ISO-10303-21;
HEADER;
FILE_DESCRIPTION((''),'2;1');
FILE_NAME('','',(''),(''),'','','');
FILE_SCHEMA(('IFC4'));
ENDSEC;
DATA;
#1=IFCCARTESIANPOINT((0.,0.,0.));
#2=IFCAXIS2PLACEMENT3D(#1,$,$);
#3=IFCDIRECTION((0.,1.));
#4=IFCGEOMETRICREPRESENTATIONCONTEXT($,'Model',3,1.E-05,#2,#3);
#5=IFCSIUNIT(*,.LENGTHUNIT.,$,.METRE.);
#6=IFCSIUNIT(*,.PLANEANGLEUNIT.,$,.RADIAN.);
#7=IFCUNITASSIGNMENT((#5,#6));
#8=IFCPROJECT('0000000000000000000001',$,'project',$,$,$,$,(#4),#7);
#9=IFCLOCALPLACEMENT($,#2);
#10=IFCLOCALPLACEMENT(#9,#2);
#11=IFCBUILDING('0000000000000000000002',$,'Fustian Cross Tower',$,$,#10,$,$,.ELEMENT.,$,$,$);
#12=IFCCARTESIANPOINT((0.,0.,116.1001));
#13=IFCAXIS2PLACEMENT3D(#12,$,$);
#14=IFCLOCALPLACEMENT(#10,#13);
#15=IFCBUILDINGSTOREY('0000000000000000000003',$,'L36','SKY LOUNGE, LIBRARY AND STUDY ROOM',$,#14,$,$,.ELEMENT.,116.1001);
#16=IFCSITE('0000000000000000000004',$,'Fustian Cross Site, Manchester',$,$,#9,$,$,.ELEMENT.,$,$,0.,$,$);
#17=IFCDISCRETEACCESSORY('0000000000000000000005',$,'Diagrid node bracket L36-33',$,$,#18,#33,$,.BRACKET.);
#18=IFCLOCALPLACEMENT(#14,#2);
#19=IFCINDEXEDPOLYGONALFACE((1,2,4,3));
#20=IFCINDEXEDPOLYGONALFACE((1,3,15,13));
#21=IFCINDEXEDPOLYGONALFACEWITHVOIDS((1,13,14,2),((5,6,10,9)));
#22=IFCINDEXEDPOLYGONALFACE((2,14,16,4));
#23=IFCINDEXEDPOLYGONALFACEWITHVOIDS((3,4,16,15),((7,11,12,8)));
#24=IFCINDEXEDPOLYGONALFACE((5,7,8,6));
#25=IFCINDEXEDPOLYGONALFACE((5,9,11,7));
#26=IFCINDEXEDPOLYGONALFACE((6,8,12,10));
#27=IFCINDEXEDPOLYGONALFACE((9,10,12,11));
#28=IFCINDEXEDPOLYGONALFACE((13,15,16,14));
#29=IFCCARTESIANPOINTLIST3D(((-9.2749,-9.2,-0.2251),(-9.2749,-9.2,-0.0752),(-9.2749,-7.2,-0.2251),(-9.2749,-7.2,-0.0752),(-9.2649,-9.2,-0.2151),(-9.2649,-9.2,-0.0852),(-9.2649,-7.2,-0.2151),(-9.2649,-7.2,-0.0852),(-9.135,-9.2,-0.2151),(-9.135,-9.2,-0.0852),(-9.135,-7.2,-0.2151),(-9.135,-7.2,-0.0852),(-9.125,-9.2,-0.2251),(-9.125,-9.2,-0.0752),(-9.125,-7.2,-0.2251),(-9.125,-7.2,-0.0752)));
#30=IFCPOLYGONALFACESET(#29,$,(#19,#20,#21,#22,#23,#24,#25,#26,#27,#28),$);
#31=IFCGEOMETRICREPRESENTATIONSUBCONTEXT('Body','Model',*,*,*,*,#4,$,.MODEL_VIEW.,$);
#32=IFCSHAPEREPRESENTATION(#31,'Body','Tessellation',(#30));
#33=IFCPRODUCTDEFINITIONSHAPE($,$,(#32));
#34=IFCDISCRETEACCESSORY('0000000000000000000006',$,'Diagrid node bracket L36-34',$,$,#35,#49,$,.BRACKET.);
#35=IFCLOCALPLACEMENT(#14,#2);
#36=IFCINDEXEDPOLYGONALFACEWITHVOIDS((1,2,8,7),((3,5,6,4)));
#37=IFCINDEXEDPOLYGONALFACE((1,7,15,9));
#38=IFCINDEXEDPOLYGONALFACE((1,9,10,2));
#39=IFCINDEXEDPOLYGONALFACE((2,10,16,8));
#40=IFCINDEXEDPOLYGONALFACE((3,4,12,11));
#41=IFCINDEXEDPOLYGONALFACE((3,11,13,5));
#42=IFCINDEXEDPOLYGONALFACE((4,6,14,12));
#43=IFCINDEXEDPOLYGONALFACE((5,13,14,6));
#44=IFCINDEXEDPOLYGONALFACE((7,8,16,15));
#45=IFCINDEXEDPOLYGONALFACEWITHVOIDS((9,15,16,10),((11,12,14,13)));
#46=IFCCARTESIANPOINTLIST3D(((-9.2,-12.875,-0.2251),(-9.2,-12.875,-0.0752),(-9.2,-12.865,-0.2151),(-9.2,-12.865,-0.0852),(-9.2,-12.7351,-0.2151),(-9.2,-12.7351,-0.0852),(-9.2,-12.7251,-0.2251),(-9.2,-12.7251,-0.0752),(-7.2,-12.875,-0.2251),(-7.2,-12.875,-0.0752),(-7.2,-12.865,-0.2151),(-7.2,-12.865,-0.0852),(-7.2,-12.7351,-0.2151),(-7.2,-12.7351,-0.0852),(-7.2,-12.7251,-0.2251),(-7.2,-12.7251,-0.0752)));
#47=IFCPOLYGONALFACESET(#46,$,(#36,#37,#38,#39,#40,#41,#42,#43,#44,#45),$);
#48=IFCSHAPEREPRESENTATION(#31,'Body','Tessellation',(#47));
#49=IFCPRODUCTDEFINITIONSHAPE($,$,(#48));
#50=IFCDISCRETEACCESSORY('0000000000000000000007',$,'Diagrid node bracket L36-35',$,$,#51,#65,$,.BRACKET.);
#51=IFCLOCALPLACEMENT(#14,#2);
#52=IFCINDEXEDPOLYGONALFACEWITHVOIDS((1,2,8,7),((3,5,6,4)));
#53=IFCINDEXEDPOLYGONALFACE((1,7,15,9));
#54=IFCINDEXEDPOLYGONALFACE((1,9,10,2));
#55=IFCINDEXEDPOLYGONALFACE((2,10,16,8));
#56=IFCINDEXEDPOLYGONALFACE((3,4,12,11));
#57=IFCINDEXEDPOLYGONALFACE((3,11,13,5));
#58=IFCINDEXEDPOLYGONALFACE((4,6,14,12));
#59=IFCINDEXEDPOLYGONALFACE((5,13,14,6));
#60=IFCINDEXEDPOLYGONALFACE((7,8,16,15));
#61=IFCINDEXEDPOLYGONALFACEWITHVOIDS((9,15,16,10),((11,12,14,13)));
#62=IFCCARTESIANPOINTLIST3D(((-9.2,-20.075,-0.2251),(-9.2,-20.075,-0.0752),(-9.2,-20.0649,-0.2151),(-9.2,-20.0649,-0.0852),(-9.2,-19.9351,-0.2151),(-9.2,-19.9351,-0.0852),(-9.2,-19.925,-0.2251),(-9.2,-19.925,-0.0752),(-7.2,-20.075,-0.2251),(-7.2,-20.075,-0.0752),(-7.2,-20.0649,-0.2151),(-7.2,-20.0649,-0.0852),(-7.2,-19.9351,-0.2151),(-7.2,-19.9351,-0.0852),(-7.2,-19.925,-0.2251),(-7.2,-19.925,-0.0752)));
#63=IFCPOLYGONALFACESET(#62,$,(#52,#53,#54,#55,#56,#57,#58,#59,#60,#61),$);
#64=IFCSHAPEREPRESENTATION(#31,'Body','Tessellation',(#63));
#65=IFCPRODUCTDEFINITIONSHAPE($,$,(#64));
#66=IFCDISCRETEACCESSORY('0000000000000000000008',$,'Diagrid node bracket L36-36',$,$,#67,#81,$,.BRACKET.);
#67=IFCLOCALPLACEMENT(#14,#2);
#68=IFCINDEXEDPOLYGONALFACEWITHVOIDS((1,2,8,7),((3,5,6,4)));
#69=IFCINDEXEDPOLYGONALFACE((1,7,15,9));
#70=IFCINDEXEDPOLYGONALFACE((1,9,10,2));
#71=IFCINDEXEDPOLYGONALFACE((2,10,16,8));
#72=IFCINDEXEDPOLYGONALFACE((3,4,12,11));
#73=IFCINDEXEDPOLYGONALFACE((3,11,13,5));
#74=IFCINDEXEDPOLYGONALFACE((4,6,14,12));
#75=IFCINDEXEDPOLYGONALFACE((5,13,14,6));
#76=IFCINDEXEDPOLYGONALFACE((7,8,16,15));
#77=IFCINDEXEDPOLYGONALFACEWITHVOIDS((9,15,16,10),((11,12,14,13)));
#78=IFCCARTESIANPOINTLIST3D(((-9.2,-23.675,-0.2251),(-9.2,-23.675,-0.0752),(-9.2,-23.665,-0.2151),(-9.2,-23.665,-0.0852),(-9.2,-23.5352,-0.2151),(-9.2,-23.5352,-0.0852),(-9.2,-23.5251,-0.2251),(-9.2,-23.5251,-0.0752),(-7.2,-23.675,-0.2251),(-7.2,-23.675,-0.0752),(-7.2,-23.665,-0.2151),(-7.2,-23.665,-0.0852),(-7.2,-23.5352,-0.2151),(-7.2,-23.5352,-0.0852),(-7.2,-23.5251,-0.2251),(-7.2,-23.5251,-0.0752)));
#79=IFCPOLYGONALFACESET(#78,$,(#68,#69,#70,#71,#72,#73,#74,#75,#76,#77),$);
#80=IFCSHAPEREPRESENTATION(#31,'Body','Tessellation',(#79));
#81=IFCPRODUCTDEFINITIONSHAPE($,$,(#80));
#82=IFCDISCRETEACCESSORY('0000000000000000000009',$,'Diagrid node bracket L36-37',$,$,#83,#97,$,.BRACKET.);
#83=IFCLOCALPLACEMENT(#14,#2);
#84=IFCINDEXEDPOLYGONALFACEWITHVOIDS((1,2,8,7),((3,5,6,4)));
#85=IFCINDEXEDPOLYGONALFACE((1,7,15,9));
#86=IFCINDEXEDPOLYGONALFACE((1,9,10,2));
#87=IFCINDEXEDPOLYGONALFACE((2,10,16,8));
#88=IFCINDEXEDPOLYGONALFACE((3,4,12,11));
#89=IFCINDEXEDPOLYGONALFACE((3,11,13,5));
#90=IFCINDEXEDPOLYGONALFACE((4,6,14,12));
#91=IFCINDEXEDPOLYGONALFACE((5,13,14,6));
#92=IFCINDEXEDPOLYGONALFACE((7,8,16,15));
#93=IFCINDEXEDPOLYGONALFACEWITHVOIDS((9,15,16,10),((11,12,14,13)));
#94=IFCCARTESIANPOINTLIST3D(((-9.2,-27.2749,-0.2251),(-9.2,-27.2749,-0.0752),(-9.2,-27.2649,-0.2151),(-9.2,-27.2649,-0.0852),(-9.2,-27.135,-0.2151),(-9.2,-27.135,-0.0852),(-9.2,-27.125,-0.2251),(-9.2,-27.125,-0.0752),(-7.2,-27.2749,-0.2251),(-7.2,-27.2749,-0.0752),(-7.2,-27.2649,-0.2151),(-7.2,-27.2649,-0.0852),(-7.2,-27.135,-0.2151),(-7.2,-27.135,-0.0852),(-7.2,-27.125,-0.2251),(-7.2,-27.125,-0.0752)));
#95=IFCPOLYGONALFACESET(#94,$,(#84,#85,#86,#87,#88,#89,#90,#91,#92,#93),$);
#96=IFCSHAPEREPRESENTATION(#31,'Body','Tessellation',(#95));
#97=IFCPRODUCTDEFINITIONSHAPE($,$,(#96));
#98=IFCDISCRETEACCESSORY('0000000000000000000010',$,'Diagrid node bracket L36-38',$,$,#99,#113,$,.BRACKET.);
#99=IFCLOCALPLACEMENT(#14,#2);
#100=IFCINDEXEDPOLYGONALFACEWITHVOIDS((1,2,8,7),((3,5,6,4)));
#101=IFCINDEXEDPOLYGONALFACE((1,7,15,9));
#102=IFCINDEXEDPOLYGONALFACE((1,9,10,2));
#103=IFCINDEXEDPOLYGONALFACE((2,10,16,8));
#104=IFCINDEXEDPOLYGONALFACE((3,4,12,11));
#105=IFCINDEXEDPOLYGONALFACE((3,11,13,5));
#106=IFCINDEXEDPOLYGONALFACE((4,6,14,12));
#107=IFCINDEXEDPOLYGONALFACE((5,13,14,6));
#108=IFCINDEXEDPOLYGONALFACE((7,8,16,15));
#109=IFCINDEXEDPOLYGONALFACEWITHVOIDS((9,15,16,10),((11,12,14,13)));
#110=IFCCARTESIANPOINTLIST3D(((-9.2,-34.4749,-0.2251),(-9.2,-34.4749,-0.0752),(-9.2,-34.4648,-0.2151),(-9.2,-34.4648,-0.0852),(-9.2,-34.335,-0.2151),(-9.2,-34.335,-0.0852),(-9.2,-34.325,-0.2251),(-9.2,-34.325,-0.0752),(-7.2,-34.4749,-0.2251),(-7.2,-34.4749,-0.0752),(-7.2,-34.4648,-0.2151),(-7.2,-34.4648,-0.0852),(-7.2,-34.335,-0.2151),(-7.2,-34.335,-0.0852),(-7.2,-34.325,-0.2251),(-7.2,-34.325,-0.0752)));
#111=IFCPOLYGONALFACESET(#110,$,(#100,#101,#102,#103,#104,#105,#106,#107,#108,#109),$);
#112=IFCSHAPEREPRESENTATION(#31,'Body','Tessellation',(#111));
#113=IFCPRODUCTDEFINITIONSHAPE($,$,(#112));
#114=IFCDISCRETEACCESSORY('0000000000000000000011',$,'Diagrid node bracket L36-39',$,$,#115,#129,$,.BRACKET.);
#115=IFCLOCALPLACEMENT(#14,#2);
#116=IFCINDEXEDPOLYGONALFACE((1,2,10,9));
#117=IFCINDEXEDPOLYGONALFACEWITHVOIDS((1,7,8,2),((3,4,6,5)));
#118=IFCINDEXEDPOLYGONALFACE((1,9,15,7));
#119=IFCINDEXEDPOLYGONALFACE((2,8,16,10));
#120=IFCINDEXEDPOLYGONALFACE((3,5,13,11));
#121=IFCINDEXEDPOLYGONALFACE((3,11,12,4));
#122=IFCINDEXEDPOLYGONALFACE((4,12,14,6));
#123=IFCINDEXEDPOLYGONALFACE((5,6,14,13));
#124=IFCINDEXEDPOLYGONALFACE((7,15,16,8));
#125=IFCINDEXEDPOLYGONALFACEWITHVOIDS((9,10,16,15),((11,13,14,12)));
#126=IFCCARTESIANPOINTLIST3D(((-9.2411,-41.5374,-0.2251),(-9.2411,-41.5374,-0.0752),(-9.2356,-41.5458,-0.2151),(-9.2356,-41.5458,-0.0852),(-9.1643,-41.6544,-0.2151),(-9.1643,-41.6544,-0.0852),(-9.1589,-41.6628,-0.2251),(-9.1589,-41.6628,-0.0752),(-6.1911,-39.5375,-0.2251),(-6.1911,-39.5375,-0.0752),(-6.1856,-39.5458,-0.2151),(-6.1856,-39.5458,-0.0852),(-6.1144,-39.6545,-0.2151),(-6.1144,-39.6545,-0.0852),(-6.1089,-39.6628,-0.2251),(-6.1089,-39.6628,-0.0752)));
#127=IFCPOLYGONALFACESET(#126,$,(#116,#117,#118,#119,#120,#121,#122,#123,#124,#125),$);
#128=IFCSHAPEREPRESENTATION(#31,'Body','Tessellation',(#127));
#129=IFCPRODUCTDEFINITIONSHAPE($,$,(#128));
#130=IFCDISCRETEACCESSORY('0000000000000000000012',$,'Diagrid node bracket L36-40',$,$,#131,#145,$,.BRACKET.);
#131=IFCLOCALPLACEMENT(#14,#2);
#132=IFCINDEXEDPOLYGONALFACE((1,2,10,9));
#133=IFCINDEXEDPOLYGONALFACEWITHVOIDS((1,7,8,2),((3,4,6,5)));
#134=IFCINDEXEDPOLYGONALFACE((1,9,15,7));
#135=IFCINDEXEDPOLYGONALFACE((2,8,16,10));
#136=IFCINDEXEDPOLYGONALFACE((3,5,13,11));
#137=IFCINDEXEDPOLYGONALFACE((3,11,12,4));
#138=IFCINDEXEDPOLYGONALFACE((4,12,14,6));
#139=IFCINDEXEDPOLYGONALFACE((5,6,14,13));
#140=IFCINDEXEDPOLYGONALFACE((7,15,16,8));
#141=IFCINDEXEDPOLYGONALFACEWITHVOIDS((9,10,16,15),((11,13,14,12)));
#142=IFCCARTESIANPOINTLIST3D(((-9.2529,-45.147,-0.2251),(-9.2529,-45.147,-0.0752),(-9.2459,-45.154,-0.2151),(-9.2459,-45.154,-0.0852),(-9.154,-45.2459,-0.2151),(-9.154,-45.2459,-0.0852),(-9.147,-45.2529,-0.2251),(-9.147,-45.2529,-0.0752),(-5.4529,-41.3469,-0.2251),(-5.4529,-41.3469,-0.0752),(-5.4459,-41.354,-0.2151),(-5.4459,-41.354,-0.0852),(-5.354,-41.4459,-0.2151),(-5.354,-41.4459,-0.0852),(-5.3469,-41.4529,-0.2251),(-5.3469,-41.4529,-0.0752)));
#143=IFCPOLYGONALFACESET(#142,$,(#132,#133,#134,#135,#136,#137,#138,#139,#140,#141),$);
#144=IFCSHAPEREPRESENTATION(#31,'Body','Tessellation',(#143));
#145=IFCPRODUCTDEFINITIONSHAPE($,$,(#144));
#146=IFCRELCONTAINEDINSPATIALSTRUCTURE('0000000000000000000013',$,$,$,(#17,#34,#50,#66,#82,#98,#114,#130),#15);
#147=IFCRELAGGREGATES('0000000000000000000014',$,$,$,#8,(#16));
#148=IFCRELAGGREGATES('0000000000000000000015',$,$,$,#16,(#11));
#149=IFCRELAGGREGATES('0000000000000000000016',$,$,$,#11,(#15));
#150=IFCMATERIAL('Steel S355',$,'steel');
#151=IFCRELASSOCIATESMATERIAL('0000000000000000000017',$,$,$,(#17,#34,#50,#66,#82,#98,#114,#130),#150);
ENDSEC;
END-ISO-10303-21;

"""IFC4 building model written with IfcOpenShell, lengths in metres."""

from ifc_helpers import new_model, si_unit, direction, frame, origin, origin_2d, place, context, subcontext, project, spatial, hollow_rectangle, extrude, material, element, save


model = new_model("IFC4")

# Units and contexts
model_context = context("Model", 3, precision=1e-05, world=origin(), true_north=direction((0.0, 1.0)))
body_context = subcontext(model_context, "Body", "Model", "MODEL_VIEW")
ifc_project = project(units=[si_unit("LENGTHUNIT", "METRE"), si_unit("PLANEANGLEUNIT", "RADIAN")], contexts=[model_context])

# Site, building, storey
site_placement = place(None, origin())
site = spatial("IfcSite", under=ifc_project, at=site_placement, Name="Fustian Cross Site, Manchester", CompositionType="ELEMENT", RefElevation=0.0)
building_placement = place(site_placement, origin())
building = spatial("IfcBuilding", under=site, at=building_placement, Name="Fustian Cross Tower", CompositionType="ELEMENT")
storey_placement = place(building_placement, frame((0.0, 0.0, 116.1001)))
storey = spatial("IfcBuildingStorey", under=building, at=storey_placement, Name="L36", Description="SKY LOUNGE, LIBRARY AND STUDY ROOM", CompositionType="ELEMENT", Elevation=116.1001)

# Discrete accessories
ifc_material_1 = material(Name="Steel S355", Category="steel")
for number, where, z_axis, x_axis, name in (
    (1, (-9.2, -9.2, -0.1501), (0.0, 1.0, 0.0), (-1.0, 0.0, 0.0), "Diagrid node bracket L36-33"),
    (2, (-9.2, -12.8, -0.1501), (1.0, 0.0, 0.0), (0.0, 1.0, 0.0), "Diagrid node bracket L36-34"),
    (3, (-9.2, -20.0, -0.1501), (1.0, 0.0, 0.0), (0.0, 1.0, 0.0), "Diagrid node bracket L36-35"),
    (4, (-9.2, -23.6001, -0.1501), (1.0, 0.0, 0.0), (0.0, 1.0, 0.0), "Diagrid node bracket L36-36"),
    (5, (-9.2, -27.2, -0.1501), (1.0, 0.0, 0.0), (0.0, 1.0, 0.0), "Diagrid node bracket L36-37"),
    (6, (-9.2, -34.3999, -0.1501), (1.0, 0.0, 0.0), (0.0, 1.0, 0.0), "Diagrid node bracket L36-38"),
):
    element("IfcDiscreteAccessory", number, at=place(storey_placement, frame(where, z_axis=z_axis, x_axis=x_axis)), inside=storey, material=ifc_material_1, Name=name, PredefinedType="BRACKET", context=body_context, shape_type="SweptSolid", body=[
        extrude(hollow_rectangle(XDim=0.1499, YDim=0.1499, WallThickness=0.01, at=origin_2d()), origin(), (0.0, 0.0, 1.0), 2.0),
    ])
discrete_accessory_1_placement = place(storey_placement, frame((-9.2, -41.6001, -0.1501), z_axis=(0.836248, 0.548351, 0.0), x_axis=(-0.548351, 0.836248, 0.0)))
element("IfcDiscreteAccessory", 7, at=discrete_accessory_1_placement, inside=storey, material=ifc_material_1, Name="Diagrid node bracket L36-39", PredefinedType="BRACKET", context=body_context, shape_type="SweptSolid", body=[
    extrude(hollow_rectangle(XDim=0.1499, YDim=0.1499, WallThickness=0.01, at=origin_2d()), origin(), (0.0, 0.0, 1.0), 3.6472),
])
discrete_accessory_2_placement = place(storey_placement, frame((-9.2, -45.2, -0.1501), z_axis=(0.707107, 0.707107, 0.0), x_axis=(-0.707107, 0.707107, 0.0)))
element("IfcDiscreteAccessory", 8, at=discrete_accessory_2_placement, inside=storey, material=ifc_material_1, Name="Diagrid node bracket L36-40", PredefinedType="BRACKET", context=body_context, shape_type="SweptSolid", body=[
    extrude(hollow_rectangle(XDim=0.1499, YDim=0.1499, WallThickness=0.01, at=origin_2d()), origin(), (0.0, 0.0, 1.0), 5.374),
])

save(model, "model.ifc")
